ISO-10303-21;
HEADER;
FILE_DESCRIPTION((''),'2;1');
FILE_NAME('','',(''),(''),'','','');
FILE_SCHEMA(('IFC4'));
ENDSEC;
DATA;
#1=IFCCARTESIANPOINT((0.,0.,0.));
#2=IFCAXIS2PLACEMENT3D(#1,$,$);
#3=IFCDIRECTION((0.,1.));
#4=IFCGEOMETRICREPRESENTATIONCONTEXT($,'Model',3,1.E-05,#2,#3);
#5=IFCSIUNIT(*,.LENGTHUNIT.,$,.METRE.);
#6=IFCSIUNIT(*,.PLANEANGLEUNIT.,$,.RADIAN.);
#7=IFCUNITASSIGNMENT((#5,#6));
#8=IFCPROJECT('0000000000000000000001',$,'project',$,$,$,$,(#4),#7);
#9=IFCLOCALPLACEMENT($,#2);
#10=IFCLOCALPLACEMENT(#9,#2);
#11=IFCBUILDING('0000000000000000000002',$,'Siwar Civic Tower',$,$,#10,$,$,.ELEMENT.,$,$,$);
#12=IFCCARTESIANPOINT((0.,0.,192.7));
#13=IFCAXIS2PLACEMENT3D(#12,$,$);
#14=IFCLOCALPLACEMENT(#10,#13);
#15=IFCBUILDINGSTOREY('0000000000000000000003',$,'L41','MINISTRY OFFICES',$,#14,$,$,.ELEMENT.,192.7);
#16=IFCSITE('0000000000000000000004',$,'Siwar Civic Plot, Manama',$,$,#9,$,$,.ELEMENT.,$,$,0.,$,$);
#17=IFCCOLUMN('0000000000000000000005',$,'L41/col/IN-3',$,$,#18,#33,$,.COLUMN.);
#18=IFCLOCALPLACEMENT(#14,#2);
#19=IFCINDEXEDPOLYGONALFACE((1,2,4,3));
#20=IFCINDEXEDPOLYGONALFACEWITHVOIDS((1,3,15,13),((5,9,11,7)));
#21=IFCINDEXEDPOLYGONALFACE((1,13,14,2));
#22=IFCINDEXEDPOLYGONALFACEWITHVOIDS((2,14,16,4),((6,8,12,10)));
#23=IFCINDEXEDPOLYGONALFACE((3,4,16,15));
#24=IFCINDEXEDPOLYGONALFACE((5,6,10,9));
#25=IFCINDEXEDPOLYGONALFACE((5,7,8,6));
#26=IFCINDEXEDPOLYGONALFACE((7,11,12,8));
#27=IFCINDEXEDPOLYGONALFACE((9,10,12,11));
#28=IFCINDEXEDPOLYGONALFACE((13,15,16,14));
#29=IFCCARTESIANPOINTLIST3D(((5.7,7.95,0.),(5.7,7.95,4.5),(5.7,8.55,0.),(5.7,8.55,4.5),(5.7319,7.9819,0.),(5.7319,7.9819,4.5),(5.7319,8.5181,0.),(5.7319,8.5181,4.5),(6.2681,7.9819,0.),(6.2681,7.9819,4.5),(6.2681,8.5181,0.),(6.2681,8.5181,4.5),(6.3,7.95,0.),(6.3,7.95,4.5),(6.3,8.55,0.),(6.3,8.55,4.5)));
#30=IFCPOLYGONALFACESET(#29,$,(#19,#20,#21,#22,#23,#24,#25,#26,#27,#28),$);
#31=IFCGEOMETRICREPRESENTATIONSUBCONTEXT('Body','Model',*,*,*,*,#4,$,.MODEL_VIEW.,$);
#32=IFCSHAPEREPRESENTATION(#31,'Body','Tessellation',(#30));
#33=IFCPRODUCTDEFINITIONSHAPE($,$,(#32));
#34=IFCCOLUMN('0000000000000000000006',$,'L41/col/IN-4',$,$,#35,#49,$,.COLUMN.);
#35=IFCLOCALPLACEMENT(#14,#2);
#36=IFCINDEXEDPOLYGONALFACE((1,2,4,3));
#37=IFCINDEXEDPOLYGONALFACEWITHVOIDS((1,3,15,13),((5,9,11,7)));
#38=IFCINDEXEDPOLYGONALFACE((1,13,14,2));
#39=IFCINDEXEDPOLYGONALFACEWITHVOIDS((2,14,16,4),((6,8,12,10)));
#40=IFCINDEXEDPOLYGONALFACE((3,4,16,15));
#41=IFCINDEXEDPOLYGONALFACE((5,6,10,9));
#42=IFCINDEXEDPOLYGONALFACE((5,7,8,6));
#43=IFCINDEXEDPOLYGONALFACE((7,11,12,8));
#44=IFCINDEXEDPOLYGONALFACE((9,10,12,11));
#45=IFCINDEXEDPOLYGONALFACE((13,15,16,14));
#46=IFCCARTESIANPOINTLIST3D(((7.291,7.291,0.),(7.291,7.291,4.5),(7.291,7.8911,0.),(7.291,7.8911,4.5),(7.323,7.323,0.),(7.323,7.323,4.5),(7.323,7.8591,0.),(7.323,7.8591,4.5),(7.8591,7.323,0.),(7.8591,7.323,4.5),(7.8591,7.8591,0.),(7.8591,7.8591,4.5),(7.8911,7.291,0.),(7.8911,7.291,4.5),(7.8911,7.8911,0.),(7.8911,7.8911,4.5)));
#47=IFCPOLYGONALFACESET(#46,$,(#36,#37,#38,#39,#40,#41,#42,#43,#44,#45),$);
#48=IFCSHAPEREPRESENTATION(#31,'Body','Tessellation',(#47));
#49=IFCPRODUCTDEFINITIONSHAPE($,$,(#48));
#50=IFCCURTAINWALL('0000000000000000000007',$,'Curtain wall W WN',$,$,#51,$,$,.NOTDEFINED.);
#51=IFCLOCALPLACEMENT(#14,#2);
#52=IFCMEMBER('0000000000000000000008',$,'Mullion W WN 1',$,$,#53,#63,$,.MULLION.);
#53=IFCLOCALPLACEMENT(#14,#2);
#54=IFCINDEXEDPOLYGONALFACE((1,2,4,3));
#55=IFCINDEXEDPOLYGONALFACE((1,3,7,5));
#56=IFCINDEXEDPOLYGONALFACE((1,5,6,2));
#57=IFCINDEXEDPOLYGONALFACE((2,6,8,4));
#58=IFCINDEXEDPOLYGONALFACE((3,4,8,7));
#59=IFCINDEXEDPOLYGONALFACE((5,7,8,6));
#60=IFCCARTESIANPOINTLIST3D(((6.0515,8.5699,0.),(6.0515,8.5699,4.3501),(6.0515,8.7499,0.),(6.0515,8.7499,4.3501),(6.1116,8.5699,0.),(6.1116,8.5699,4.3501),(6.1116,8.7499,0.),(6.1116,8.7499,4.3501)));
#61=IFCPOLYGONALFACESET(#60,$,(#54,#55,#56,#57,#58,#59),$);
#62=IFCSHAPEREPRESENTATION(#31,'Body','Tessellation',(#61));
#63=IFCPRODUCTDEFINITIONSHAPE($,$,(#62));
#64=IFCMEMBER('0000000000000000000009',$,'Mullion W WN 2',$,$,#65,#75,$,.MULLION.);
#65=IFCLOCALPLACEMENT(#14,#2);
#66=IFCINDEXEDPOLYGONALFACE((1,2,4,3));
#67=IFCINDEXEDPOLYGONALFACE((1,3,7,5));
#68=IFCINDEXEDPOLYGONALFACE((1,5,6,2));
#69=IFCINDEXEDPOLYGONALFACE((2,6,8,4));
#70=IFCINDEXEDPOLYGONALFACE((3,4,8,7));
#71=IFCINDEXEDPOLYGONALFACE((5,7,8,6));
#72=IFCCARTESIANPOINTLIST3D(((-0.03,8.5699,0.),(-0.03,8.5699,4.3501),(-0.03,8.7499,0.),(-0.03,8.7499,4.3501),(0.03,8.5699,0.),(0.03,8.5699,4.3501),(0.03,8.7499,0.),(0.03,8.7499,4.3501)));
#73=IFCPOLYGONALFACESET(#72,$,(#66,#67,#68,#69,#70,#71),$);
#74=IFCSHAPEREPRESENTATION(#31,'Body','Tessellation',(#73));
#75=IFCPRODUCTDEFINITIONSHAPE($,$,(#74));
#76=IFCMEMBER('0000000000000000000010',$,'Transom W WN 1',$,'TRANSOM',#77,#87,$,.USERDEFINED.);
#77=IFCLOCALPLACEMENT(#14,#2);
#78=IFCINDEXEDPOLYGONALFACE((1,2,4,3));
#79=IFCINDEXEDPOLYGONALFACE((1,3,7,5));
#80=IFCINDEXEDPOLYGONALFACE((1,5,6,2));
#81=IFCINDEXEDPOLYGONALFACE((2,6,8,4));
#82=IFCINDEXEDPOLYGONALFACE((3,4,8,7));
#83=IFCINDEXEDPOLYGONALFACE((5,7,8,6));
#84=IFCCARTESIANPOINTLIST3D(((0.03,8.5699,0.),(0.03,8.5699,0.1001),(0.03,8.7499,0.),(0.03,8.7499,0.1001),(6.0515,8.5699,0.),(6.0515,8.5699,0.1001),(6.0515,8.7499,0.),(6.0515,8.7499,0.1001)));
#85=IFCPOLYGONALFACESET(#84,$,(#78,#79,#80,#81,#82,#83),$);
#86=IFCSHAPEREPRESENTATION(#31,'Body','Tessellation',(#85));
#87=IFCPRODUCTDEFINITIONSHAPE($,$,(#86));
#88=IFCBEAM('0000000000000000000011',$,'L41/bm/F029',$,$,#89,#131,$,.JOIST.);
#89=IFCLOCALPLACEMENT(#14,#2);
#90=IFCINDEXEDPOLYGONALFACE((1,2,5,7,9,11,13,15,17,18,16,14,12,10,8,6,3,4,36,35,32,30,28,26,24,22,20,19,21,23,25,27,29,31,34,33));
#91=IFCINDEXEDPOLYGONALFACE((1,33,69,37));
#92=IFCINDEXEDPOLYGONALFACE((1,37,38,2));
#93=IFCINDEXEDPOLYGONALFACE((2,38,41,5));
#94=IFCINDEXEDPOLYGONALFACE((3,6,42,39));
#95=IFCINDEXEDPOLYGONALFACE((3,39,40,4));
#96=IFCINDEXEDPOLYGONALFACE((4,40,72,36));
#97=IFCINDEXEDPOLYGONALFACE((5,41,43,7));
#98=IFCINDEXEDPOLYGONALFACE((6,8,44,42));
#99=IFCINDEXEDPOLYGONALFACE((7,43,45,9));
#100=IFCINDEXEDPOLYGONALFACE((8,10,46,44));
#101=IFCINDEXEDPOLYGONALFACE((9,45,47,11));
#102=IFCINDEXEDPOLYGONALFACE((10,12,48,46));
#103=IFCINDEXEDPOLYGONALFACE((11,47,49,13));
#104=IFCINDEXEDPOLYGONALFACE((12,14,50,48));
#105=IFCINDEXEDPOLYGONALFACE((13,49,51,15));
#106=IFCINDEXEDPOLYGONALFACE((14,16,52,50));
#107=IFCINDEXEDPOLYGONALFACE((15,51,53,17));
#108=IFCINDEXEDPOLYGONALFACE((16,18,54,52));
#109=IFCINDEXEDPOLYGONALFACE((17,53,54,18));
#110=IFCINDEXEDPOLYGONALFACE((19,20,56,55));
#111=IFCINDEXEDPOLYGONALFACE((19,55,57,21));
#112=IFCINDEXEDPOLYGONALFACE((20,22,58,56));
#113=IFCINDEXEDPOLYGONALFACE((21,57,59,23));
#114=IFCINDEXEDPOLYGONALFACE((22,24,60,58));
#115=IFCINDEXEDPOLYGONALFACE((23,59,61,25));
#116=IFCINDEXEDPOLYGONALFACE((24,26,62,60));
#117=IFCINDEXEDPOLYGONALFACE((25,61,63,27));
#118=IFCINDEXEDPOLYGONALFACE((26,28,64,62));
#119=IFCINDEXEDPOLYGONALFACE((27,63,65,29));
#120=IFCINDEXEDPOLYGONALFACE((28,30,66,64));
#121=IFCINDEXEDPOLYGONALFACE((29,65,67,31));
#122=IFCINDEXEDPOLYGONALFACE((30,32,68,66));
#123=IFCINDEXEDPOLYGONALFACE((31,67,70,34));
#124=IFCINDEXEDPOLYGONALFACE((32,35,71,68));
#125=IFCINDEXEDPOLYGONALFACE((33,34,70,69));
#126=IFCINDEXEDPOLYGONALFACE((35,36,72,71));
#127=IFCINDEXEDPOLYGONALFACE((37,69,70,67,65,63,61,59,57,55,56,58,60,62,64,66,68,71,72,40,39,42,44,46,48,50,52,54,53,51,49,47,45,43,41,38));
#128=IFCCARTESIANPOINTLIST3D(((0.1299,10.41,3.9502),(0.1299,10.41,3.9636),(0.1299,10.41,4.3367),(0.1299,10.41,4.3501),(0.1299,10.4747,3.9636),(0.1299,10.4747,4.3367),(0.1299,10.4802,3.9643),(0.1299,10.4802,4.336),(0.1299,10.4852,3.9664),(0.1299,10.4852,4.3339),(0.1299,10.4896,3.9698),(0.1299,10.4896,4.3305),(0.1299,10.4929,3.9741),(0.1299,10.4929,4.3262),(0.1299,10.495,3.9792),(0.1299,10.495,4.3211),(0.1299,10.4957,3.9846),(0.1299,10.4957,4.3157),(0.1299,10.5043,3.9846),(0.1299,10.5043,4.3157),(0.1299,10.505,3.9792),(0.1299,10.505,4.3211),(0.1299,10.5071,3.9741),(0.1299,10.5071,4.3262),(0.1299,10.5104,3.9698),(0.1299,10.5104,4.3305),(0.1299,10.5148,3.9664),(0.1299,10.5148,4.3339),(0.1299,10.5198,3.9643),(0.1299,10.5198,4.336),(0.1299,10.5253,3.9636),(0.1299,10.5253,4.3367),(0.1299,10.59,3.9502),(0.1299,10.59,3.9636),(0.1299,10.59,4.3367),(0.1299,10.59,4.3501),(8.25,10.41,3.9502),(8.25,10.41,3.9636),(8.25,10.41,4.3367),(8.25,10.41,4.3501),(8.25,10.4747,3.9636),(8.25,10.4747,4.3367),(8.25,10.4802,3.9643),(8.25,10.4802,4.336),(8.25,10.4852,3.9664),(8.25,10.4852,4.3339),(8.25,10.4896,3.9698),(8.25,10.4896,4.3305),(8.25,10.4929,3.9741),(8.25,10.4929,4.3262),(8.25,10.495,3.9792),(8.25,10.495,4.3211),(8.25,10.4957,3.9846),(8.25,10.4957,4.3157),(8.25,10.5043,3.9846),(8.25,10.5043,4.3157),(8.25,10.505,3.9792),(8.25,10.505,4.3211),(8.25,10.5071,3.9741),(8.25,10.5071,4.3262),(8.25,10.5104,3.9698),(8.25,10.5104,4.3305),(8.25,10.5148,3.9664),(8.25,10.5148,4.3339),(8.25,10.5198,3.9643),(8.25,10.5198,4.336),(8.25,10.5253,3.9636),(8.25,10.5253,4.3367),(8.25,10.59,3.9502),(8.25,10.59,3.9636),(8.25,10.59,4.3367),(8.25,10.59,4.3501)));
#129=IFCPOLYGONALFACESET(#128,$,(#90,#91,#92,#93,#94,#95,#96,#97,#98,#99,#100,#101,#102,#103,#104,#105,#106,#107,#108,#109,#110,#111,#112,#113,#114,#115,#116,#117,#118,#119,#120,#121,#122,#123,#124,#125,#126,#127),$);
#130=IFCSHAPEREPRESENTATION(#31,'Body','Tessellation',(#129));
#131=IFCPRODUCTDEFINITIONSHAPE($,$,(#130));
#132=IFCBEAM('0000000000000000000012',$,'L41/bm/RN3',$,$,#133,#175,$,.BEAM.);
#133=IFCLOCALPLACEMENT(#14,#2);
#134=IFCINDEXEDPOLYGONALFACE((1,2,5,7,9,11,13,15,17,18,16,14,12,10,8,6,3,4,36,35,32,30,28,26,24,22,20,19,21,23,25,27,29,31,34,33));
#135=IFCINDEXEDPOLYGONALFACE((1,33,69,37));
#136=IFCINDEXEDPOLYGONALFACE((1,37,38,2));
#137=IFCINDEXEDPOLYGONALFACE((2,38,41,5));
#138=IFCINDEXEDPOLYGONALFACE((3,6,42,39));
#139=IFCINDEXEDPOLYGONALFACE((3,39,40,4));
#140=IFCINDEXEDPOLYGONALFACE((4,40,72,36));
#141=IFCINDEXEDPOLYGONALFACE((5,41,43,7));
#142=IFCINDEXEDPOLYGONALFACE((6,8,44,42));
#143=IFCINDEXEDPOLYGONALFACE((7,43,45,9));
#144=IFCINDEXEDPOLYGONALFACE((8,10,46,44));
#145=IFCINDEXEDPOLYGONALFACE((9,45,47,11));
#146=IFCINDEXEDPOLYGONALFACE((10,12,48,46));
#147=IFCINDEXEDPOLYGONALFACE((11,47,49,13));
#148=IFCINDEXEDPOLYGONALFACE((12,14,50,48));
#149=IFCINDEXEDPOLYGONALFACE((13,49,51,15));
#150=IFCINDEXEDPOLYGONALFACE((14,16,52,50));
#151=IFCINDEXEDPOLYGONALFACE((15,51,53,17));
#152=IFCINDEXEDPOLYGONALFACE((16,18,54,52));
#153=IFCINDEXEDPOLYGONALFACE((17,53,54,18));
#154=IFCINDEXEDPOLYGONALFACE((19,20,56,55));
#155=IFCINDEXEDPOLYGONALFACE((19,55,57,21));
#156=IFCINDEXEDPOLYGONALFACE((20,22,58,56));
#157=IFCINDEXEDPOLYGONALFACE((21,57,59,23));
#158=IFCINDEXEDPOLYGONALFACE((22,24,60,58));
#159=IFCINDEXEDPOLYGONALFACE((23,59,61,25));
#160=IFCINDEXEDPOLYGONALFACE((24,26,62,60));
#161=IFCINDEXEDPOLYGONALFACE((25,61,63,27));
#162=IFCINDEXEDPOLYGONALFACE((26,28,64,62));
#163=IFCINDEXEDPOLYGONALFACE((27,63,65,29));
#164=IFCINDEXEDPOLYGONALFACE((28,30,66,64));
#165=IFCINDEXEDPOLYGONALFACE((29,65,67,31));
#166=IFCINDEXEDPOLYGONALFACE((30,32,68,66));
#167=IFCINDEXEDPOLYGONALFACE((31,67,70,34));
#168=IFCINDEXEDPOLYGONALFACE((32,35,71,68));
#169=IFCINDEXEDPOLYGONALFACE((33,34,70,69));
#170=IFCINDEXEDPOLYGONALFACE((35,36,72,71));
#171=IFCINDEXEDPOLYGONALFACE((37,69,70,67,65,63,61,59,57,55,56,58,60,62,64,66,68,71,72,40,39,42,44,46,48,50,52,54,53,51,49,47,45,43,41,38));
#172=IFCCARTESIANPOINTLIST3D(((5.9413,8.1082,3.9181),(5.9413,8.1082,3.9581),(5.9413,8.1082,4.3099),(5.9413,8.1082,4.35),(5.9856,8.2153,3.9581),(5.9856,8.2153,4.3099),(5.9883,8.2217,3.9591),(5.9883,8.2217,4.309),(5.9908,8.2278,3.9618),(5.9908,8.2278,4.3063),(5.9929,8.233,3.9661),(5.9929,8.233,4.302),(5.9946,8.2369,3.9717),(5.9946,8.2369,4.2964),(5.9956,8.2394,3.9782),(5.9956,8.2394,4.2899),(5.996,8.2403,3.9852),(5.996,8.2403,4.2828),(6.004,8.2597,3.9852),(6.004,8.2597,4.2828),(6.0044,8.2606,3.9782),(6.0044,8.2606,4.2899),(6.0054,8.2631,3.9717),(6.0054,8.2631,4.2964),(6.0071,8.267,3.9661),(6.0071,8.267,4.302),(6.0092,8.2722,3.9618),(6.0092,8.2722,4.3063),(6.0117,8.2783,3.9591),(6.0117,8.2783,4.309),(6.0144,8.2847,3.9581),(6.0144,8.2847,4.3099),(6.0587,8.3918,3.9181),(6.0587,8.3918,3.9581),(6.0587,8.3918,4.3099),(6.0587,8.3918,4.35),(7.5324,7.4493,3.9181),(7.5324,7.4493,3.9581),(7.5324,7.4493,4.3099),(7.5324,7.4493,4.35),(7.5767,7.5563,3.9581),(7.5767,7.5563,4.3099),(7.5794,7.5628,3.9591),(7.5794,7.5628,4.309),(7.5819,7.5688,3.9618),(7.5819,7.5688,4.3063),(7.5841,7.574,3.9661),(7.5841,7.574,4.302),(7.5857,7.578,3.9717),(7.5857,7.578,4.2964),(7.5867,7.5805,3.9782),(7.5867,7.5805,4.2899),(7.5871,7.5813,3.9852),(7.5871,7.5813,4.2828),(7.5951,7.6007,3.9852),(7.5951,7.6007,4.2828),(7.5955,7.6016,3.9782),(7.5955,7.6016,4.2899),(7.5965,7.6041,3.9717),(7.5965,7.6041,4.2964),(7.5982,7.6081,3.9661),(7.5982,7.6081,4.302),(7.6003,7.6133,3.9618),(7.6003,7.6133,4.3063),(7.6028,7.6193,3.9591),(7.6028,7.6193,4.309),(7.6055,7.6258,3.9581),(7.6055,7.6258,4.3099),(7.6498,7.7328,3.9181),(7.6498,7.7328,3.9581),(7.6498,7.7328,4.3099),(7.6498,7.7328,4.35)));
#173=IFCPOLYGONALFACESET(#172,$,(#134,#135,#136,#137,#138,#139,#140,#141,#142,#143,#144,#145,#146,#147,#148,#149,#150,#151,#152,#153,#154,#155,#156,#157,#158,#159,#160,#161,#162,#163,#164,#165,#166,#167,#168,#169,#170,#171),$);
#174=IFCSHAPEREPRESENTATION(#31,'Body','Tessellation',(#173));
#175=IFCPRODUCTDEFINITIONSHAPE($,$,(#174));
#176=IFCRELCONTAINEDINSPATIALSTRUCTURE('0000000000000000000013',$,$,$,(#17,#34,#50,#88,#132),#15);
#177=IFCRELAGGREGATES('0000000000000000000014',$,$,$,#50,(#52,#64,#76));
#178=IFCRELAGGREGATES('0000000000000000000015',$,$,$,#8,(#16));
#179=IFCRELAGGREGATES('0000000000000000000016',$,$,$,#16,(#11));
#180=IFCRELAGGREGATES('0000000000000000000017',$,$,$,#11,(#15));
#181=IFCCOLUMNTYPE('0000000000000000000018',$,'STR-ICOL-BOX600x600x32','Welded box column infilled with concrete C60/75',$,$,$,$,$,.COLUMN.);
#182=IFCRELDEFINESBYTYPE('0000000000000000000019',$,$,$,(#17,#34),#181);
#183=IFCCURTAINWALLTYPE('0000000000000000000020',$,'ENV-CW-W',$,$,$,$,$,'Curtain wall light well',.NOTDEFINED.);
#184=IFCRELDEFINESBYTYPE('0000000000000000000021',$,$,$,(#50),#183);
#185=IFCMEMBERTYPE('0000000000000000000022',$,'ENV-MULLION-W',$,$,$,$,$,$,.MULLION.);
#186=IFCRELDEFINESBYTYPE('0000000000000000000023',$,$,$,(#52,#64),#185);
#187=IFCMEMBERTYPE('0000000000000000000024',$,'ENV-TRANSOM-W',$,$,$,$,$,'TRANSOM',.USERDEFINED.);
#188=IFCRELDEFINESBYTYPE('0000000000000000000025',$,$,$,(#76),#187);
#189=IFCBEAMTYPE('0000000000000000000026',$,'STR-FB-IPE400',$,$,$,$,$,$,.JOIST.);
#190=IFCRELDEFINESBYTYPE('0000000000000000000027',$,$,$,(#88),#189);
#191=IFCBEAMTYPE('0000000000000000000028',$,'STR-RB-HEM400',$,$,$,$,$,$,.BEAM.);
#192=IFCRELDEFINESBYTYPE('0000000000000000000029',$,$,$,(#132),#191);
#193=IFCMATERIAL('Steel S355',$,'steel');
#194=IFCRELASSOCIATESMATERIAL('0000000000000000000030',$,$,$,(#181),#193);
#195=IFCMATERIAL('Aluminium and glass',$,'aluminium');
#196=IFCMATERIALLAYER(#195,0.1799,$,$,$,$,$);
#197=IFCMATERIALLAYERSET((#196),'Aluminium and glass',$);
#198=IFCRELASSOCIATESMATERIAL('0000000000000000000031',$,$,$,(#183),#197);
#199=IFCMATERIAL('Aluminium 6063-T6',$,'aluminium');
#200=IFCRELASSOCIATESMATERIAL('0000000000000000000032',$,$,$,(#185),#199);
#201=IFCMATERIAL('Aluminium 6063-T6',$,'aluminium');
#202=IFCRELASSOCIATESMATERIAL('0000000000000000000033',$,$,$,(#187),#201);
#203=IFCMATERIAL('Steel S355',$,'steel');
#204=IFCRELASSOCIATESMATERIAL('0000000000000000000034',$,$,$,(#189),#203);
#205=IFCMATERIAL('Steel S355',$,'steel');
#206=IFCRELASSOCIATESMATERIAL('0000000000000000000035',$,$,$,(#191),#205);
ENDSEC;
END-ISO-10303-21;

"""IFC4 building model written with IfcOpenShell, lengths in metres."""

from ifc_helpers import new_model, si_unit, direction, frame, origin, origin_2d, place, context, subcontext, project, spatial, rectangle, hollow_rectangle, i_section, extrude, material, layer, layer_set, material_profile, profile_set, type_object, element, aggregate, save


model = new_model("IFC4")

# Units and contexts
model_context = context("Model", 3, precision=1e-05, world=origin(), true_north=direction((0.0, 1.0)))
body_context = subcontext(model_context, "Body", "Model", "MODEL_VIEW")
ifc_project = project(units=[si_unit("LENGTHUNIT", "METRE"), si_unit("PLANEANGLEUNIT", "RADIAN")], contexts=[model_context])

# Site, building, storey
site_placement = place(None, origin())
site = spatial("IfcSite", under=ifc_project, at=site_placement, Name="Siwar Civic Plot, Manama", CompositionType="ELEMENT", RefElevation=0.0)
building_placement = place(site_placement, origin())
building = spatial("IfcBuilding", under=site, at=building_placement, Name="Siwar Civic Tower", CompositionType="ELEMENT")
storey_placement = place(building_placement, frame((0.0, 0.0, 192.7)))
storey = spatial("IfcBuildingStorey", under=building, at=storey_placement, Name="L41", Description="MINISTRY OFFICES", CompositionType="ELEMENT", Elevation=192.7)

# Columns
ifc_material_1 = material(Name="Steel S355", Category="steel")
ifc_material_profile_1 = material_profile(ifc_material_1, hollow_rectangle(XDim=0.6001, YDim=0.6001, WallThickness=0.032, at=origin_2d()), Name="BOX600x600x32")
ifc_profile_set_1 = profile_set([ifc_material_profile_1], Name="Steel S355")
column_type = type_object("IfcColumnType", Name="STR-ICOL-BOX600x600x32", Description="Welded box column infilled with concrete C60/75", PredefinedType="COLUMN", material=ifc_profile_set_1)
for number, where, z_axis, x_axis, name in (
    (1, (6.0, 8.25, 0.0), (0.0, 0.0, 1.0), (1.0, 0.0, 0.0), "L41/col/IN-3"),
    (2, (7.5911, 7.5911, 0.0), (0.0, 0.0, 1.0), (1.0, 0.0, 0.0), "L41/col/IN-4"),
):
    element("IfcColumn", number, at=place(storey_placement, frame(where, z_axis=z_axis, x_axis=x_axis)), inside=storey, type_object=column_type, Name=name, PredefinedType="COLUMN", context=body_context, shape_type="SweptSolid", body=[
        extrude(hollow_rectangle(XDim=0.6001, YDim=0.6001, WallThickness=0.032, at=origin_2d()), origin(), (0.0, 0.0, 1.0), 4.5),
    ])

# Curtain wall, members
ifc_material_2 = material(Name="Aluminium and glass", Category="aluminium")
ifc_layer_1 = layer(ifc_material_2, 0.1799)
ifc_layer_set_1 = layer_set([ifc_layer_1], Name="Aluminium and glass")
curtain_wall_type = type_object("IfcCurtainWallType", Name="ENV-CW-W", ElementType="Curtain wall light well", PredefinedType="NOTDEFINED", material=ifc_layer_set_1)
curtain_wall_placement = place(storey_placement, origin())
curtain_wall = element("IfcCurtainWall", 3, at=curtain_wall_placement, inside=storey, type_object=curtain_wall_type, Name="Curtain wall W WN", PredefinedType="NOTDEFINED")
ifc_material_3 = material(Name="Aluminium 6063-T6", Category="aluminium")
ifc_material_profile_2 = material_profile(ifc_material_3, rectangle(XDim=0.1799, YDim=0.0601, at=origin_2d()), Name="AL 180x60")
ifc_profile_set_2 = profile_set([ifc_material_profile_2], Name="Aluminium 6063-T6")
member_type_1 = type_object("IfcMemberType", Name="ENV-MULLION-W", PredefinedType="MULLION", material=ifc_profile_set_2)
member_1_placement = place(storey_placement, frame((6.0815, 8.6599, 0.0), z_axis=(0.0, 0.0, 1.0), x_axis=(0.0, -1.0, 0.0)))
member_1 = element("IfcMember", 4, at=member_1_placement, type_object=member_type_1, Name="Mullion W WN 1", PredefinedType="MULLION", context=body_context, shape_type="SweptSolid", body=[
    extrude(rectangle(XDim=0.1799, YDim=0.0601, at=origin_2d()), origin(), (0.0, 0.0, 1.0), 4.3501),
])
member_2_placement = place(storey_placement, frame((0.0, 8.6599, 0.0), z_axis=(0.0, 0.0, 1.0), x_axis=(0.0, -1.0, 0.0)))
member_2 = element("IfcMember", 5, at=member_2_placement, type_object=member_type_1, Name="Mullion W WN 2", PredefinedType="MULLION", context=body_context, shape_type="SweptSolid", body=[
    extrude(rectangle(XDim=0.1799, YDim=0.0601, at=origin_2d()), origin(), (0.0, 0.0, 1.0), 4.3501),
])
ifc_material_4 = material(Name="Aluminium 6063-T6", Category="aluminium")
ifc_material_profile_3 = material_profile(ifc_material_4, rectangle(XDim=0.1799, YDim=0.1001, at=origin_2d()), Name="AL 180x100")
ifc_profile_set_3 = profile_set([ifc_material_profile_3], Name="Aluminium 6063-T6")
member_type_2 = type_object("IfcMemberType", Name="ENV-TRANSOM-W", ElementType="TRANSOM", PredefinedType="USERDEFINED", material=ifc_profile_set_3)
member_3_placement = place(storey_placement, frame((6.0515, 8.6599, 0.05), z_axis=(-1.0, 0.0, 0.0), x_axis=(0.0, -1.0, 0.0)))
member_3 = element("IfcMember", 6, at=member_3_placement, type_object=member_type_2, Name="Transom W WN 1", ObjectType="TRANSOM", PredefinedType="USERDEFINED", context=body_context, shape_type="SweptSolid", body=[
    extrude(rectangle(XDim=0.1799, YDim=0.1001, at=origin_2d()), origin(), (0.0, 0.0, 1.0), 6.0215),
])

# Beams
ifc_material_5 = material(Name="Steel S355", Category="steel")
ifc_material_profile_4 = material_profile(ifc_material_5, i_section(OverallWidth=0.1799, OverallDepth=0.3999, WebThickness=0.0085, FlangeThickness=0.0134, FilletRadius=0.021, at=origin_2d()), Name="IPE400")
ifc_profile_set_4 = profile_set([ifc_material_profile_4], Name="Steel S355")
beam_type_1 = type_object("IfcBeamType", Name="STR-FB-IPE400", PredefinedType="JOIST", material=ifc_profile_set_4)
beam_placement = place(storey_placement, frame((0.1299, 10.5, 4.1501), z_axis=(1.0, 0.0, 0.0), x_axis=(0.0, 1.0, 0.0)))
element("IfcBeam", 7, at=beam_placement, inside=storey, type_object=beam_type_1, Name="L41/bm/F029", PredefinedType="JOIST", context=body_context, shape_type="SweptSolid", body=[
    extrude(i_section(OverallWidth=0.1799, OverallDepth=0.3999, WebThickness=0.0085, FlangeThickness=0.0134, FilletRadius=0.021, at=origin_2d()), origin(), (0.0, 0.0, 1.0), 8.1201),
])
ifc_material_6 = material(Name="Steel S355", Category="steel")
ifc_material_profile_5 = material_profile(ifc_material_6, i_section(OverallWidth=0.3069, OverallDepth=0.4319, WebThickness=0.021, FlangeThickness=0.04, FilletRadius=0.0271, at=origin_2d()), Name="HEM400")
ifc_profile_set_5 = profile_set([ifc_material_profile_5], Name="Steel S355")
beam_type_2 = type_object("IfcBeamType", Name="STR-RB-HEM400", PredefinedType="BEAM", material=ifc_profile_set_5)
for number, where, z_axis, x_axis, name in (
    (8, (6.0, 8.25, 4.134), (0.923901, -0.382631, 0.0), (0.382631, 0.923901, 0.0), "L41/bm/RN3"),
):
    element("IfcBeam", number, at=place(storey_placement, frame(where, z_axis=z_axis, x_axis=x_axis)), inside=storey, type_object=beam_type_2, Name=name, PredefinedType="BEAM", context=body_context, shape_type="SweptSolid", body=[
        extrude(i_section(OverallWidth=0.3069, OverallDepth=0.4319, WebThickness=0.021, FlangeThickness=0.04, FilletRadius=0.0271, at=origin_2d()), origin(), (0.0, 0.0, 1.0), 1.7222),
    ])

aggregate(curtain_wall, [member_1, member_2, member_3])

save(model, "model.ifc")
